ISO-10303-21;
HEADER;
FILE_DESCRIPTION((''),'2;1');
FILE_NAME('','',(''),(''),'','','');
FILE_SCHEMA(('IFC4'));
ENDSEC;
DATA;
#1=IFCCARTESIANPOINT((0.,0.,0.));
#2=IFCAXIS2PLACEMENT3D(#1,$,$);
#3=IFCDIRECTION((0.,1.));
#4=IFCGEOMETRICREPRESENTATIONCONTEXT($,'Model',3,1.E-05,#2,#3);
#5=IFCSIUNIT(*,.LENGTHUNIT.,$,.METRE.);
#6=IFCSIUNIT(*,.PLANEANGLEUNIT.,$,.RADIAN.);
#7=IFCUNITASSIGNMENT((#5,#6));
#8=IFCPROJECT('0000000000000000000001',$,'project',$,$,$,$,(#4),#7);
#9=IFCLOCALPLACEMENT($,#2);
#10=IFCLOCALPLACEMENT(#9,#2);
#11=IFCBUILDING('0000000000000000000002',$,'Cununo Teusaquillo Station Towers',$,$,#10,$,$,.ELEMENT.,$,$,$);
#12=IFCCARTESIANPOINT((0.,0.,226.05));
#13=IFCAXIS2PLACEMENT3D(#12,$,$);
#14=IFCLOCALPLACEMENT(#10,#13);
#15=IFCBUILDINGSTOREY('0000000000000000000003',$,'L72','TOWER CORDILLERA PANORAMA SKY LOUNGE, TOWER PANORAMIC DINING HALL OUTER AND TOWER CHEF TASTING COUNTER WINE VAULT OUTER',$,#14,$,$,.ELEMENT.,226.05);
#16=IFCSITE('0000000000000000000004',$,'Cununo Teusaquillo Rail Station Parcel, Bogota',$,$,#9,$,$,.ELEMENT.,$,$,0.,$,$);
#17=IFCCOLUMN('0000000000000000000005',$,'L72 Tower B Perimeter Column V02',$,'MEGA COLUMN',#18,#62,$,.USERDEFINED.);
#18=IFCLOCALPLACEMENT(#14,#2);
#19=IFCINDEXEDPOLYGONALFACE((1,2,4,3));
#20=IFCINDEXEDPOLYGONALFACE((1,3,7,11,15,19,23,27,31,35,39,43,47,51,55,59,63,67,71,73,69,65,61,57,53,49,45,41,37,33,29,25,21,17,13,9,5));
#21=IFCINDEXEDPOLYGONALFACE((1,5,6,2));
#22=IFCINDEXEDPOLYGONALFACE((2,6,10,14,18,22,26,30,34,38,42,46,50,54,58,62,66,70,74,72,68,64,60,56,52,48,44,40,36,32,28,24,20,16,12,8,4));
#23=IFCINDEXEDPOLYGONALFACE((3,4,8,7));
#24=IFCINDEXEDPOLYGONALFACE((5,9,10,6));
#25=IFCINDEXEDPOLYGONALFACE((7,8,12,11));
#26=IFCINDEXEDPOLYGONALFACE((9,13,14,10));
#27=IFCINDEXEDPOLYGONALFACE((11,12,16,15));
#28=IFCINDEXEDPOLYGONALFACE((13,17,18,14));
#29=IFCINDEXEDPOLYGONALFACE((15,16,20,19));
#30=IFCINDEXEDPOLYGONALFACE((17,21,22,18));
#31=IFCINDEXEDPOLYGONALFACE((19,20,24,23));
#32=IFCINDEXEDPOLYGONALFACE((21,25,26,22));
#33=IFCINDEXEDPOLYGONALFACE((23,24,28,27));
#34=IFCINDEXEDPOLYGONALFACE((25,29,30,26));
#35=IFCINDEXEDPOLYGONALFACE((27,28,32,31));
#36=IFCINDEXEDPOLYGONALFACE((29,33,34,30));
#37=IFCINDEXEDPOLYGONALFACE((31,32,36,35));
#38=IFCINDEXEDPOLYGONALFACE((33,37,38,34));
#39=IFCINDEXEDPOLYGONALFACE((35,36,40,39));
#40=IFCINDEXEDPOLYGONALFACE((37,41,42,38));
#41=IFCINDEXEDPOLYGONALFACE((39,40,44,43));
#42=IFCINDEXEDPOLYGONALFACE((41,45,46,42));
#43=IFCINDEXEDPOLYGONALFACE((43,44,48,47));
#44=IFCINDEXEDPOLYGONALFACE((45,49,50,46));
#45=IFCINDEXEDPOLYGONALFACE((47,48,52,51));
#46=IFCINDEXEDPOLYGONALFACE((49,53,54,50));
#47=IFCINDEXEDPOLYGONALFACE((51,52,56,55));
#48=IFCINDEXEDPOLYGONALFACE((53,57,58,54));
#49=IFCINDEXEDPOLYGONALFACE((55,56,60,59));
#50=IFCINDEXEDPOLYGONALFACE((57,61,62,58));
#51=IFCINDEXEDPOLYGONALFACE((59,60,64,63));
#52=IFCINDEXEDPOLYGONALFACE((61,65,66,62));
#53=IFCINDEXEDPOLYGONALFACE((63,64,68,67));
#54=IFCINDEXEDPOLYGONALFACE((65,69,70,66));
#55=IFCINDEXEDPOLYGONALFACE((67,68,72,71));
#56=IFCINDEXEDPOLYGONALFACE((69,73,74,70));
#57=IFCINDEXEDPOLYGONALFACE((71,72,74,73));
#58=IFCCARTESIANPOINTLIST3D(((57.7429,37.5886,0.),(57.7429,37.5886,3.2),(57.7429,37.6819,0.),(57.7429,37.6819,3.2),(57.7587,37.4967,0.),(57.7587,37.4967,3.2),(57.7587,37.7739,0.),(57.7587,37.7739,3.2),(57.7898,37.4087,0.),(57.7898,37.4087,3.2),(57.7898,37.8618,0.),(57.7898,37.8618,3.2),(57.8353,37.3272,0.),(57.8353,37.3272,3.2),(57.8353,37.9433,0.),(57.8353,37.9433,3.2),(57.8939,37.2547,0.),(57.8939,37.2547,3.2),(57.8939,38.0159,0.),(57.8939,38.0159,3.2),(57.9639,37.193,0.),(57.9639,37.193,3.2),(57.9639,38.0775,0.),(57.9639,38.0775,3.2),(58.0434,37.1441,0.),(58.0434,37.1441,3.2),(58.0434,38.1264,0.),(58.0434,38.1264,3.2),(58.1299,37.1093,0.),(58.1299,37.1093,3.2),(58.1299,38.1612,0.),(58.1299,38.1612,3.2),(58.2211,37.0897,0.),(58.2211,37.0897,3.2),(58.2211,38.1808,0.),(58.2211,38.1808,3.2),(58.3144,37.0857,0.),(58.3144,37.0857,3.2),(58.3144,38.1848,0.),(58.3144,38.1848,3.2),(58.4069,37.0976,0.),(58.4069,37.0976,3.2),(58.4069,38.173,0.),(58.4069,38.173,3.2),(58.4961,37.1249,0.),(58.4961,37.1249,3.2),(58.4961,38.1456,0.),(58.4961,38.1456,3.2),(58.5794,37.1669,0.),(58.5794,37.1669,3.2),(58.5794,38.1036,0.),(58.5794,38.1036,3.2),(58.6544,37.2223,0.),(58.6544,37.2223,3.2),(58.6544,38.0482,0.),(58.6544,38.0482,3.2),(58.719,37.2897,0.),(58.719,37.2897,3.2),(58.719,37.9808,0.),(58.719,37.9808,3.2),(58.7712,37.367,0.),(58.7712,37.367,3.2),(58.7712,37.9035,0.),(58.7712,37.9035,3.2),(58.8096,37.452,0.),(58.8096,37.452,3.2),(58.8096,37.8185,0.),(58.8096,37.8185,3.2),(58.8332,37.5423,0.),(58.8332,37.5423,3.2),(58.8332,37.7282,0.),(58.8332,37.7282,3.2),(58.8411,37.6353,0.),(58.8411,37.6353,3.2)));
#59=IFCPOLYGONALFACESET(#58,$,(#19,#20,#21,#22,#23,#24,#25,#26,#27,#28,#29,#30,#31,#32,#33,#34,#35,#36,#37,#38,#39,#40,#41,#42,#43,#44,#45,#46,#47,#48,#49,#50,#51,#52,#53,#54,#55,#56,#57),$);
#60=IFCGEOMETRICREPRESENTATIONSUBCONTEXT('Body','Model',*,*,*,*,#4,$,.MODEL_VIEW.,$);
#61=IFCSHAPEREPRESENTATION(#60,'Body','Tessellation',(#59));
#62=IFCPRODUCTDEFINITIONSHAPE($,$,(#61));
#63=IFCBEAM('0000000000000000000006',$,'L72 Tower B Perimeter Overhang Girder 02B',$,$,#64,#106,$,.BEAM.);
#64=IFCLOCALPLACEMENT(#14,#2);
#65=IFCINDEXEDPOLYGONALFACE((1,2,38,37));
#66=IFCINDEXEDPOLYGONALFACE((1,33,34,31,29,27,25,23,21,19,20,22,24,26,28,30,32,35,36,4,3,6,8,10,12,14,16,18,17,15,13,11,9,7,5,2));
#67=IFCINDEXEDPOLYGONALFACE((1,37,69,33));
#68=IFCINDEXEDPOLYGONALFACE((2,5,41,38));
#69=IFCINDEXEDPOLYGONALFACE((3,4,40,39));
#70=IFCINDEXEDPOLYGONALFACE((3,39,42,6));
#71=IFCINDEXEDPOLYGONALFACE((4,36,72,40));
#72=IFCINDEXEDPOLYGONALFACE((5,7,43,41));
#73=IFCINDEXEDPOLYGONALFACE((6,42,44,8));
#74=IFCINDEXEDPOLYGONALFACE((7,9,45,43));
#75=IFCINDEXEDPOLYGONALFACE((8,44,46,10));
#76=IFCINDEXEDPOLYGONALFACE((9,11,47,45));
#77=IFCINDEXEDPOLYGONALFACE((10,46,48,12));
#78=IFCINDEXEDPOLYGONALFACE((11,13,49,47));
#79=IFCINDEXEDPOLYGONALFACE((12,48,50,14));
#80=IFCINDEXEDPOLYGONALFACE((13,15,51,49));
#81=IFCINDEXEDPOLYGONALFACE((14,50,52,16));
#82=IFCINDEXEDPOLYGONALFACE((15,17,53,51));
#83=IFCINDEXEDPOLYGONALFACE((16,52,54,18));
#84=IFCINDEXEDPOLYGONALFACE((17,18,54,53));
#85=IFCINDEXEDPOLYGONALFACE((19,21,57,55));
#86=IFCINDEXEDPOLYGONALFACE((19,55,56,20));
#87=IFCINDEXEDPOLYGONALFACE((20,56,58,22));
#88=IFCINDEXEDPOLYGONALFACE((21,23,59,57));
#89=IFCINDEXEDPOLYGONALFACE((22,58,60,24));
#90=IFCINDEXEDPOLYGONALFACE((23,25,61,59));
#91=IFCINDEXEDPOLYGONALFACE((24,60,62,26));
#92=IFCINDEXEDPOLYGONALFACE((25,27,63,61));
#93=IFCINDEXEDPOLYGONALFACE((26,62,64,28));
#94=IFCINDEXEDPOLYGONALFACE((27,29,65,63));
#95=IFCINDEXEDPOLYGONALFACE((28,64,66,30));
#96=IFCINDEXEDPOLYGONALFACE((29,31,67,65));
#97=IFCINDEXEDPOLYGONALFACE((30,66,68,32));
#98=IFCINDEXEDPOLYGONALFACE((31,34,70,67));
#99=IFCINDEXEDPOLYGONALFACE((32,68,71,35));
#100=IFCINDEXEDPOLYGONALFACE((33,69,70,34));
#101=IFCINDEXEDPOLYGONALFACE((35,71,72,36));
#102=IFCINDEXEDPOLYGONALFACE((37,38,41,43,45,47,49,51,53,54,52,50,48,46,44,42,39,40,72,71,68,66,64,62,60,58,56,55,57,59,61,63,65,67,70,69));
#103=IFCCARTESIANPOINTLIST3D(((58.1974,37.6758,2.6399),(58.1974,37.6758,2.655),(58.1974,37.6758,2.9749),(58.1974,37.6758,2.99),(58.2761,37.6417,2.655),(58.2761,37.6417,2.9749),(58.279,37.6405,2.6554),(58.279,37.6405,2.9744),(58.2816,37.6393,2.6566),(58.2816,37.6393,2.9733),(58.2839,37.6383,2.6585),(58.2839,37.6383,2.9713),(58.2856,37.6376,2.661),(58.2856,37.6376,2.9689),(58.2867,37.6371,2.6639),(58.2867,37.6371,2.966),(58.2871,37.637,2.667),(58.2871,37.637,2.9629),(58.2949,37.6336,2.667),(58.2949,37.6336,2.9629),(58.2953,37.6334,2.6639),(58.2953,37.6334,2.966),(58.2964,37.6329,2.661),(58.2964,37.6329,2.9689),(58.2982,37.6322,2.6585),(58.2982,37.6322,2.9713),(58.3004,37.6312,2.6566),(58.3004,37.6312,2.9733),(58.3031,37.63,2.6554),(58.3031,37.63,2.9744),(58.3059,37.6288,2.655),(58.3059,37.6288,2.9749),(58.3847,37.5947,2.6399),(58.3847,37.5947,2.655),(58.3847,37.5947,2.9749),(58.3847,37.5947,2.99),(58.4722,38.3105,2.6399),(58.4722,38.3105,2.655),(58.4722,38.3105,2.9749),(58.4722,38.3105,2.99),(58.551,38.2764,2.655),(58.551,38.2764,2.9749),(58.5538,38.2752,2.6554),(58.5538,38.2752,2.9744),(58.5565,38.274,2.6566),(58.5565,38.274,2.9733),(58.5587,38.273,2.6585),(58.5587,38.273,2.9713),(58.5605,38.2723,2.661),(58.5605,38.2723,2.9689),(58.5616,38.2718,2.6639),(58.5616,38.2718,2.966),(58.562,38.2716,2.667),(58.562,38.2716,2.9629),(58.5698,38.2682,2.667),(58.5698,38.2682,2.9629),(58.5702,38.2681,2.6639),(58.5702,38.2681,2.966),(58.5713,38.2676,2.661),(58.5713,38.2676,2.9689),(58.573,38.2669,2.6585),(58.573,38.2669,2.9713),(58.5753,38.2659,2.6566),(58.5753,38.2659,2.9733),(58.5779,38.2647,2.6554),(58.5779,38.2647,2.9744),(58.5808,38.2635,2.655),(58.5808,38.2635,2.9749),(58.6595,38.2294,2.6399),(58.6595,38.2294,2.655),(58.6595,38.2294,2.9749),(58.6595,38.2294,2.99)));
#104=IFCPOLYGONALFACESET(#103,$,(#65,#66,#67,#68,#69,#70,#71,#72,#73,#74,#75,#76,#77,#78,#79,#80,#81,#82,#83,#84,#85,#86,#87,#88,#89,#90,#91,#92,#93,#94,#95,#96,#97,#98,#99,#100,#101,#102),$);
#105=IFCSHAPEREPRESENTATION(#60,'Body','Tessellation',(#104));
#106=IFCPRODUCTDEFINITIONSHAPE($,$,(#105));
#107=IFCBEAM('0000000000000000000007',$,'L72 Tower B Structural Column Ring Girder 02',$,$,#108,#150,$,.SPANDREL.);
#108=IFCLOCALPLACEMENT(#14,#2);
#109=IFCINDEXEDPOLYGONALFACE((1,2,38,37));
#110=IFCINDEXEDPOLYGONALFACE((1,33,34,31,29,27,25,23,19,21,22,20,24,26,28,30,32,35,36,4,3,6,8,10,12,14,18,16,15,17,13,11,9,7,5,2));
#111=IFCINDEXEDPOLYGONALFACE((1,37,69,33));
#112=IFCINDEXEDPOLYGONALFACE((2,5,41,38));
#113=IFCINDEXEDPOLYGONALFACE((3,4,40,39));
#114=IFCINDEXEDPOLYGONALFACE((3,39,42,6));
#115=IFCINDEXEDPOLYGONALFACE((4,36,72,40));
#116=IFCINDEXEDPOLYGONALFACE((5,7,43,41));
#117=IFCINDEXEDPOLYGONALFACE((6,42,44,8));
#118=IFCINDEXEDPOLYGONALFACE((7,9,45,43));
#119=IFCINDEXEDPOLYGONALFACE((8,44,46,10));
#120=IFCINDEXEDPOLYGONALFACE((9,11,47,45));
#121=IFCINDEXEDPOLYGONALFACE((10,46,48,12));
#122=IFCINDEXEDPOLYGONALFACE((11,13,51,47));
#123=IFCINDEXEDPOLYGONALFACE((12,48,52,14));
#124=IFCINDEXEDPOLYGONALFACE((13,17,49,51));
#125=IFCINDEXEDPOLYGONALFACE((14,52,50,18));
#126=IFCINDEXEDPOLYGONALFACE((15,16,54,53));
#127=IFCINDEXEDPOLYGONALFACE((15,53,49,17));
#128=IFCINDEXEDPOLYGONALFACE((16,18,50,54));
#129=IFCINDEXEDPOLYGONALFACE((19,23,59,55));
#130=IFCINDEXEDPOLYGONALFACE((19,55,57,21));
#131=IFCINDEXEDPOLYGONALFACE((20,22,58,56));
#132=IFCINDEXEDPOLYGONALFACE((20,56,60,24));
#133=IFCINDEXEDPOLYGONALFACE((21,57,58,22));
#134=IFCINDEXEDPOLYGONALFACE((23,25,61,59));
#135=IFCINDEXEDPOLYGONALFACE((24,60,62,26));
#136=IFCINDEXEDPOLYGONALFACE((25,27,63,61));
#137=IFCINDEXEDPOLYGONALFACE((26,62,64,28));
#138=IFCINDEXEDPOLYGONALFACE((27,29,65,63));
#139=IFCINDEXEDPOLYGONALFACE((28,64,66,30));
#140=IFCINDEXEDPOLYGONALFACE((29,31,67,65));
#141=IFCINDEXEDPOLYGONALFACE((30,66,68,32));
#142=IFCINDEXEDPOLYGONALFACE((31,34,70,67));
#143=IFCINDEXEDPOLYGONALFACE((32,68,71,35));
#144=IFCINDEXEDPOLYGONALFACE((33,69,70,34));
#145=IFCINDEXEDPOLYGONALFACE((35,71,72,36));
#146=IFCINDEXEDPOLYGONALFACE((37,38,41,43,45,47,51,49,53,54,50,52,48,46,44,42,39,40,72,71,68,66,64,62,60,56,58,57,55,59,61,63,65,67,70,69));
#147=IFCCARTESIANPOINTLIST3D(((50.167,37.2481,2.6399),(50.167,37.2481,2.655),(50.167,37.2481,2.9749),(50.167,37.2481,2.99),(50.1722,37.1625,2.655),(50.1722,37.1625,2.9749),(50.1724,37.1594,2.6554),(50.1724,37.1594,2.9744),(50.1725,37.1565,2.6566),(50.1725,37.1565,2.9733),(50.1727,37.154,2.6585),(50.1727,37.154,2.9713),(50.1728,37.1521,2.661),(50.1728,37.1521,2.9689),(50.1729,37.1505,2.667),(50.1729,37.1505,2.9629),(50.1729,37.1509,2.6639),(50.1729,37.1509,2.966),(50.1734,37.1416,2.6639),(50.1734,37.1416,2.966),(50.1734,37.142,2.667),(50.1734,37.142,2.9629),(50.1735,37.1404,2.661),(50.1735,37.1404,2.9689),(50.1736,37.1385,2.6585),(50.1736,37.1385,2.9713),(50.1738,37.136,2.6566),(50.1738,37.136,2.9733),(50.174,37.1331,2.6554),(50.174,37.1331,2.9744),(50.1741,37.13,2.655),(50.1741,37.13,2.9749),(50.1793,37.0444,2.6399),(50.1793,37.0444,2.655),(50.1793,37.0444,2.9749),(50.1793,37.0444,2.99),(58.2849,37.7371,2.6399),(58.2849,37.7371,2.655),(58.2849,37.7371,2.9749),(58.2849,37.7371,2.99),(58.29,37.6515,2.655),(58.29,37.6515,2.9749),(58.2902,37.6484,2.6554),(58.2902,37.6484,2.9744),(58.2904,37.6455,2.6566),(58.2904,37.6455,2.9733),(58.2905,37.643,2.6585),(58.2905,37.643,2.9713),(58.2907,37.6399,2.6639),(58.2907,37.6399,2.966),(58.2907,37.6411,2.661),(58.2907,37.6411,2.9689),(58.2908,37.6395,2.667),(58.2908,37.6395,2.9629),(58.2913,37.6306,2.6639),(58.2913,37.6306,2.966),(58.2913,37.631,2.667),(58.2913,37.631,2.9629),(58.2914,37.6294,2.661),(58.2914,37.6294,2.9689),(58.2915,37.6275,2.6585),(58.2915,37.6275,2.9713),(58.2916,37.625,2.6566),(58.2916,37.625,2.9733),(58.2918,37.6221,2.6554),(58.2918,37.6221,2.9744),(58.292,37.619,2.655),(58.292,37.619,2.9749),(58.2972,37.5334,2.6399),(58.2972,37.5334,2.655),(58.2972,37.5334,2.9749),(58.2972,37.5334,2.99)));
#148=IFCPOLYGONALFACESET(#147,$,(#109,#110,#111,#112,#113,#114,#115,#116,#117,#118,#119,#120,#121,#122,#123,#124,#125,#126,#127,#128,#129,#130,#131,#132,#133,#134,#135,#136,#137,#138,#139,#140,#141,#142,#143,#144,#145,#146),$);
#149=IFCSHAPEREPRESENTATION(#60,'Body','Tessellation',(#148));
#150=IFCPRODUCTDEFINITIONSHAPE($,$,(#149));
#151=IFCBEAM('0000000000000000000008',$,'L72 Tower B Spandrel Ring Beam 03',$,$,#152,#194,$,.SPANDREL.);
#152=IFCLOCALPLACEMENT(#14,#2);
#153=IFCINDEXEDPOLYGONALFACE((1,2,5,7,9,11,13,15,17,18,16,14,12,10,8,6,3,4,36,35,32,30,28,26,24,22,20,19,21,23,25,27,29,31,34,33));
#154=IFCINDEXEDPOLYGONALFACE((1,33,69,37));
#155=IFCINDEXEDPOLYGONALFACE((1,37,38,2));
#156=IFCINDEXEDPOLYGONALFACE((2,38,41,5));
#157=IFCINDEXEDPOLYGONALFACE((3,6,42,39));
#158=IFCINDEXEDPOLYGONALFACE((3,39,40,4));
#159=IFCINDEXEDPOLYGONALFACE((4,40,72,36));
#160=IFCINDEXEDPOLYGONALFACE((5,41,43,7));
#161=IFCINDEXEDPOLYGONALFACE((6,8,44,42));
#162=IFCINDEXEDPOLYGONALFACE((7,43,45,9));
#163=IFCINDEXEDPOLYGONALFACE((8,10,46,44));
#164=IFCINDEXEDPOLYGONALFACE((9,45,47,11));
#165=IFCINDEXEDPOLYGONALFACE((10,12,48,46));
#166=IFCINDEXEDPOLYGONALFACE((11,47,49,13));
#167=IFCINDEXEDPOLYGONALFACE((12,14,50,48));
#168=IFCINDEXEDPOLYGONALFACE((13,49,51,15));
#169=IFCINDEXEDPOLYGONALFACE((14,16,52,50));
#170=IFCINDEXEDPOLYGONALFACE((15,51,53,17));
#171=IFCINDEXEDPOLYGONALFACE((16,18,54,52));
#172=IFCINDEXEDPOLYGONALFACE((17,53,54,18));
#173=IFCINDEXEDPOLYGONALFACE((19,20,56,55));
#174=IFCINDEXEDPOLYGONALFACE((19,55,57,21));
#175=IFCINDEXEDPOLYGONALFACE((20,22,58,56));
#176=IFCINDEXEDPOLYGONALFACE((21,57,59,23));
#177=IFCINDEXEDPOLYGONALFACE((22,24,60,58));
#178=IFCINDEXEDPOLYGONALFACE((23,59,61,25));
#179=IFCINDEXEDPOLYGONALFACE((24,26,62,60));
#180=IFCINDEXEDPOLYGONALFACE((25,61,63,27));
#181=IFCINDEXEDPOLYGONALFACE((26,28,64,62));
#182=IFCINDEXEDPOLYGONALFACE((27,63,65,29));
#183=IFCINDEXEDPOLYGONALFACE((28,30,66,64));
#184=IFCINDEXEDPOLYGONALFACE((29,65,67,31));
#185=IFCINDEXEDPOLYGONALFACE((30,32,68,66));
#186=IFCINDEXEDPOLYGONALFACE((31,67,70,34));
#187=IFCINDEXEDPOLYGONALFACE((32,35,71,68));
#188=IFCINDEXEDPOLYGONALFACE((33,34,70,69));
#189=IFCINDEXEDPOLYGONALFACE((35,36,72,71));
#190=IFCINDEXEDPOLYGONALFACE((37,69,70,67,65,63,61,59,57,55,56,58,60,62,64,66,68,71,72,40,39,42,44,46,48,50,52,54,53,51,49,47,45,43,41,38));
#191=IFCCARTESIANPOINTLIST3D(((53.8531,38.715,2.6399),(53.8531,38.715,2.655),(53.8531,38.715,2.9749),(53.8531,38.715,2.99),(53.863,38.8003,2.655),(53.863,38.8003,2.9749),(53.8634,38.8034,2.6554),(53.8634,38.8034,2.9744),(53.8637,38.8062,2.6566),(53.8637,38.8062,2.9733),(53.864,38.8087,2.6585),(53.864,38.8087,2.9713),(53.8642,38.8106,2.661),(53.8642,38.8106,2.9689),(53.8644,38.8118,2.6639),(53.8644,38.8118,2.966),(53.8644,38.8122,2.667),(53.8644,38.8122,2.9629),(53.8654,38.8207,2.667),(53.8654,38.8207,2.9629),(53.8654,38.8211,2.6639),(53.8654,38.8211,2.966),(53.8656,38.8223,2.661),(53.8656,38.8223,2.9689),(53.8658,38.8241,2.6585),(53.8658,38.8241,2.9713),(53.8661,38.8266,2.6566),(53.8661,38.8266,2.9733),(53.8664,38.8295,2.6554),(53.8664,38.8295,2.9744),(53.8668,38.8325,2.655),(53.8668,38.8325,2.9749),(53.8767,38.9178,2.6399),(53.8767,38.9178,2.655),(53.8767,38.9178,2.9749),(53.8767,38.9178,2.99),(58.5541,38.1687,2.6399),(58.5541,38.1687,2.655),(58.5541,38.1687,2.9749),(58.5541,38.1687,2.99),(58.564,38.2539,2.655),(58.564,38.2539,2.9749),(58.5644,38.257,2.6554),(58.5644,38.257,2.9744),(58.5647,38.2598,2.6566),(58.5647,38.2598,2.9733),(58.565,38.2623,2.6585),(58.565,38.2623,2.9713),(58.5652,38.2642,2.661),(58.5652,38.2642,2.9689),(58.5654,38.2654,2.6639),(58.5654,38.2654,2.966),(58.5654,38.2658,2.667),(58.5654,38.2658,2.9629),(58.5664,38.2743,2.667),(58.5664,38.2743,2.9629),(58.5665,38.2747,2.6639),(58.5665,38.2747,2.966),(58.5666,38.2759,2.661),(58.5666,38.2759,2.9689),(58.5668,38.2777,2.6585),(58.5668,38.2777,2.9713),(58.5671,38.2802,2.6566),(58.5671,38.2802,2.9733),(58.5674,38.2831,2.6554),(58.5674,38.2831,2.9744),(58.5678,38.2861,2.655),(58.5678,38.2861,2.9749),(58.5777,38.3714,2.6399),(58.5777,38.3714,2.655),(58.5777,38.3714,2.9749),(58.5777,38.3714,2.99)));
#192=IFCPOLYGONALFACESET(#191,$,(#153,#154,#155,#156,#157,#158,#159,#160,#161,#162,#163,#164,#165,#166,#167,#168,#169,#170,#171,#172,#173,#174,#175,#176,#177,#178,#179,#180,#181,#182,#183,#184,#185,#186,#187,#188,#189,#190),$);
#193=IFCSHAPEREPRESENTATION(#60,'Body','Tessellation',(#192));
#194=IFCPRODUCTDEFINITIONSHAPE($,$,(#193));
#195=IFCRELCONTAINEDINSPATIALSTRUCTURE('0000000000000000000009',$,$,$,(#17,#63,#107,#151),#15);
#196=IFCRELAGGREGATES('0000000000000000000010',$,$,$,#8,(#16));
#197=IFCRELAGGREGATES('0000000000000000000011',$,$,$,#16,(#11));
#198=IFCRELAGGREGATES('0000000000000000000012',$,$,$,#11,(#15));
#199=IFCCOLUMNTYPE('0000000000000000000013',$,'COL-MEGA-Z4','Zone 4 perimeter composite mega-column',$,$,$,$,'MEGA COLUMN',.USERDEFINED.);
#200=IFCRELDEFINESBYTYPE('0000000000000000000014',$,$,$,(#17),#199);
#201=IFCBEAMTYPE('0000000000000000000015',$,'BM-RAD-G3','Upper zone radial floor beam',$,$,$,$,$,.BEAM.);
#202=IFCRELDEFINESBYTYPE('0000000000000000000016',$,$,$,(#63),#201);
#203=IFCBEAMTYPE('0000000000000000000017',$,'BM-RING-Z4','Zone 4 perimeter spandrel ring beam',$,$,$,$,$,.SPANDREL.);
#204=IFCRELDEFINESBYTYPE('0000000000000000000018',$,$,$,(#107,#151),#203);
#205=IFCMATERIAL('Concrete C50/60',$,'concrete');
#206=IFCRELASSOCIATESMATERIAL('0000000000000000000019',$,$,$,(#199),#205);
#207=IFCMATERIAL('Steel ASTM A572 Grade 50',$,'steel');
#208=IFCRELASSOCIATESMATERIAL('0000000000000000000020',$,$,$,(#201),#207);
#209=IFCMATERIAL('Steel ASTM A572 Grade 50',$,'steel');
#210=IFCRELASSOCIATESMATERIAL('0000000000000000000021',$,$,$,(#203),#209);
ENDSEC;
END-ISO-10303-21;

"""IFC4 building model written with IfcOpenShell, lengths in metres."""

from ifc_helpers import new_model, si_unit, direction, frame, origin, origin_2d, place, context, subcontext, project, spatial, circle, i_section, extrude, material, material_profile, profile_set, type_object, element, save


model = new_model("IFC4")

# Units and contexts
model_context = context("Model", 3, precision=1e-05, world=origin(), true_north=direction((0.0, 1.0)))
body_context = subcontext(model_context, "Body", "Model", "MODEL_VIEW")
ifc_project = project(units=[si_unit("LENGTHUNIT", "METRE"), si_unit("PLANEANGLEUNIT", "RADIAN")], contexts=[model_context])

# Site, building, storey
site_placement = place(None, origin())
site = spatial("IfcSite", under=ifc_project, at=site_placement, Name="Cununo Teusaquillo Rail Station Parcel, Bogota", CompositionType="ELEMENT", RefElevation=0.0)
building_placement = place(site_placement, origin())
building = spatial("IfcBuilding", under=site, at=building_placement, Name="Cununo Teusaquillo Station Towers", CompositionType="ELEMENT")
storey_placement = place(building_placement, frame((0.0, 0.0, 226.05)))
storey = spatial("IfcBuildingStorey", under=building, at=storey_placement, Name="L72", Description="TOWER CORDILLERA PANORAMA SKY LOUNGE, TOWER PANORAMIC DINING HALL OUTER AND TOWER CHEF TASTING COUNTER WINE VAULT OUTER", CompositionType="ELEMENT", Elevation=226.05)

# Column
ifc_material_1 = material(Name="Concrete C50/60", Category="concrete")
ifc_material_profile_1 = material_profile(ifc_material_1, circle(Radius=0.55, at=origin_2d()), Name="RC-CIRC-1100")
ifc_profile_set_1 = profile_set([ifc_material_profile_1], Name="Concrete C50/60")
column_type = type_object("IfcColumnType", Name="COL-MEGA-Z4", Description="Zone 4 perimeter composite mega-column", ElementType="MEGA COLUMN", PredefinedType="USERDEFINED", material=ifc_profile_set_1)
column_placement = place(storey_placement, frame((58.291, 37.6353, 0.0), z_axis=(0.0, 0.0, 1.0), x_axis=(1.0, 0.0, 0.0)))
element("IfcColumn", 1, at=column_placement, inside=storey, type_object=column_type, Name="L72 Tower B Perimeter Column V02", ObjectType="MEGA COLUMN", PredefinedType="USERDEFINED", context=body_context, shape_type="SweptSolid", body=[
    extrude(circle(Radius=0.55, at=origin_2d()), origin(), (0.0, 0.0, 1.0), 3.2),
])

# Beams
ifc_material_2 = material(Name="Steel ASTM A572 Grade 50", Category="steel")
ifc_material_profile_2 = material_profile(ifc_material_2, i_section(OverallWidth=0.2041, OverallDepth=0.3501, WebThickness=0.0085, FlangeThickness=0.0151, FilletRadius=0.012, at=origin_2d()), Name="W14X48")
ifc_profile_set_2 = profile_set([ifc_material_profile_2], Name="Steel ASTM A572 Grade 50")
beam_type_1 = type_object("IfcBeamType", Name="BM-RAD-G3", Description="Upper zone radial floor beam", PredefinedType="BEAM", material=ifc_profile_set_2)
beam_1_placement = place(storey_placement, frame((58.291, 37.6353, 2.8149), z_axis=(0.397409, 0.917641, 0.0), x_axis=(-0.917641, 0.397409, 0.0)))
element("IfcBeam", 2, at=beam_1_placement, inside=storey, type_object=beam_type_1, Name="L72 Tower B Perimeter Overhang Girder 02B", PredefinedType="BEAM", context=body_context, shape_type="SweptSolid", body=[
    extrude(i_section(OverallWidth=0.2041, OverallDepth=0.3501, WebThickness=0.0085, FlangeThickness=0.0151, FilletRadius=0.012, at=origin_2d()), origin(), (0.0, 0.0, 1.0), 0.6917),
])
ifc_material_3 = material(Name="Steel ASTM A572 Grade 50", Category="steel")
ifc_material_profile_3 = material_profile(ifc_material_3, i_section(OverallWidth=0.2041, OverallDepth=0.3501, WebThickness=0.0085, FlangeThickness=0.0151, FilletRadius=0.012, at=origin_2d()), Name="W14X48")
ifc_profile_set_3 = profile_set([ifc_material_profile_3], Name="Steel ASTM A572 Grade 50")
beam_type_2 = type_object("IfcBeamType", Name="BM-RING-Z4", Description="Zone 4 perimeter spandrel ring beam", PredefinedType="SPANDREL", material=ifc_profile_set_3)
beam_2_placement = place(storey_placement, frame((58.291, 37.6353, 2.8149), z_axis=(-0.998191, -0.06013, 0.0), x_axis=(0.06013, -0.998191, 0.0)))
element("IfcBeam", 3, at=beam_2_placement, inside=storey, type_object=beam_type_2, Name="L72 Tower B Structural Column Ring Girder 02", PredefinedType="SPANDREL", context=body_context, shape_type="SweptSolid", body=[
    extrude(i_section(OverallWidth=0.2041, OverallDepth=0.3501, WebThickness=0.0085, FlangeThickness=0.0151, FilletRadius=0.012, at=origin_2d()), origin(), (0.0, 0.0, 1.0), 8.1326),
])
beam_3_placement = place(storey_placement, frame((58.5659, 38.27, 2.8149), z_axis=(-0.993313, 0.115452, 0.0), x_axis=(-0.115452, -0.993313, 0.0)))
element("IfcBeam", 4, at=beam_3_placement, inside=storey, type_object=beam_type_2, Name="L72 Tower B Spandrel Ring Beam 03", PredefinedType="SPANDREL", context=body_context, shape_type="SweptSolid", body=[
    extrude(i_section(OverallWidth=0.2041, OverallDepth=0.3501, WebThickness=0.0085, FlangeThickness=0.0151, FilletRadius=0.012, at=origin_2d()), origin(), (0.0, 0.0, 1.0), 4.7327),
])

save(model, "model.ifc")
